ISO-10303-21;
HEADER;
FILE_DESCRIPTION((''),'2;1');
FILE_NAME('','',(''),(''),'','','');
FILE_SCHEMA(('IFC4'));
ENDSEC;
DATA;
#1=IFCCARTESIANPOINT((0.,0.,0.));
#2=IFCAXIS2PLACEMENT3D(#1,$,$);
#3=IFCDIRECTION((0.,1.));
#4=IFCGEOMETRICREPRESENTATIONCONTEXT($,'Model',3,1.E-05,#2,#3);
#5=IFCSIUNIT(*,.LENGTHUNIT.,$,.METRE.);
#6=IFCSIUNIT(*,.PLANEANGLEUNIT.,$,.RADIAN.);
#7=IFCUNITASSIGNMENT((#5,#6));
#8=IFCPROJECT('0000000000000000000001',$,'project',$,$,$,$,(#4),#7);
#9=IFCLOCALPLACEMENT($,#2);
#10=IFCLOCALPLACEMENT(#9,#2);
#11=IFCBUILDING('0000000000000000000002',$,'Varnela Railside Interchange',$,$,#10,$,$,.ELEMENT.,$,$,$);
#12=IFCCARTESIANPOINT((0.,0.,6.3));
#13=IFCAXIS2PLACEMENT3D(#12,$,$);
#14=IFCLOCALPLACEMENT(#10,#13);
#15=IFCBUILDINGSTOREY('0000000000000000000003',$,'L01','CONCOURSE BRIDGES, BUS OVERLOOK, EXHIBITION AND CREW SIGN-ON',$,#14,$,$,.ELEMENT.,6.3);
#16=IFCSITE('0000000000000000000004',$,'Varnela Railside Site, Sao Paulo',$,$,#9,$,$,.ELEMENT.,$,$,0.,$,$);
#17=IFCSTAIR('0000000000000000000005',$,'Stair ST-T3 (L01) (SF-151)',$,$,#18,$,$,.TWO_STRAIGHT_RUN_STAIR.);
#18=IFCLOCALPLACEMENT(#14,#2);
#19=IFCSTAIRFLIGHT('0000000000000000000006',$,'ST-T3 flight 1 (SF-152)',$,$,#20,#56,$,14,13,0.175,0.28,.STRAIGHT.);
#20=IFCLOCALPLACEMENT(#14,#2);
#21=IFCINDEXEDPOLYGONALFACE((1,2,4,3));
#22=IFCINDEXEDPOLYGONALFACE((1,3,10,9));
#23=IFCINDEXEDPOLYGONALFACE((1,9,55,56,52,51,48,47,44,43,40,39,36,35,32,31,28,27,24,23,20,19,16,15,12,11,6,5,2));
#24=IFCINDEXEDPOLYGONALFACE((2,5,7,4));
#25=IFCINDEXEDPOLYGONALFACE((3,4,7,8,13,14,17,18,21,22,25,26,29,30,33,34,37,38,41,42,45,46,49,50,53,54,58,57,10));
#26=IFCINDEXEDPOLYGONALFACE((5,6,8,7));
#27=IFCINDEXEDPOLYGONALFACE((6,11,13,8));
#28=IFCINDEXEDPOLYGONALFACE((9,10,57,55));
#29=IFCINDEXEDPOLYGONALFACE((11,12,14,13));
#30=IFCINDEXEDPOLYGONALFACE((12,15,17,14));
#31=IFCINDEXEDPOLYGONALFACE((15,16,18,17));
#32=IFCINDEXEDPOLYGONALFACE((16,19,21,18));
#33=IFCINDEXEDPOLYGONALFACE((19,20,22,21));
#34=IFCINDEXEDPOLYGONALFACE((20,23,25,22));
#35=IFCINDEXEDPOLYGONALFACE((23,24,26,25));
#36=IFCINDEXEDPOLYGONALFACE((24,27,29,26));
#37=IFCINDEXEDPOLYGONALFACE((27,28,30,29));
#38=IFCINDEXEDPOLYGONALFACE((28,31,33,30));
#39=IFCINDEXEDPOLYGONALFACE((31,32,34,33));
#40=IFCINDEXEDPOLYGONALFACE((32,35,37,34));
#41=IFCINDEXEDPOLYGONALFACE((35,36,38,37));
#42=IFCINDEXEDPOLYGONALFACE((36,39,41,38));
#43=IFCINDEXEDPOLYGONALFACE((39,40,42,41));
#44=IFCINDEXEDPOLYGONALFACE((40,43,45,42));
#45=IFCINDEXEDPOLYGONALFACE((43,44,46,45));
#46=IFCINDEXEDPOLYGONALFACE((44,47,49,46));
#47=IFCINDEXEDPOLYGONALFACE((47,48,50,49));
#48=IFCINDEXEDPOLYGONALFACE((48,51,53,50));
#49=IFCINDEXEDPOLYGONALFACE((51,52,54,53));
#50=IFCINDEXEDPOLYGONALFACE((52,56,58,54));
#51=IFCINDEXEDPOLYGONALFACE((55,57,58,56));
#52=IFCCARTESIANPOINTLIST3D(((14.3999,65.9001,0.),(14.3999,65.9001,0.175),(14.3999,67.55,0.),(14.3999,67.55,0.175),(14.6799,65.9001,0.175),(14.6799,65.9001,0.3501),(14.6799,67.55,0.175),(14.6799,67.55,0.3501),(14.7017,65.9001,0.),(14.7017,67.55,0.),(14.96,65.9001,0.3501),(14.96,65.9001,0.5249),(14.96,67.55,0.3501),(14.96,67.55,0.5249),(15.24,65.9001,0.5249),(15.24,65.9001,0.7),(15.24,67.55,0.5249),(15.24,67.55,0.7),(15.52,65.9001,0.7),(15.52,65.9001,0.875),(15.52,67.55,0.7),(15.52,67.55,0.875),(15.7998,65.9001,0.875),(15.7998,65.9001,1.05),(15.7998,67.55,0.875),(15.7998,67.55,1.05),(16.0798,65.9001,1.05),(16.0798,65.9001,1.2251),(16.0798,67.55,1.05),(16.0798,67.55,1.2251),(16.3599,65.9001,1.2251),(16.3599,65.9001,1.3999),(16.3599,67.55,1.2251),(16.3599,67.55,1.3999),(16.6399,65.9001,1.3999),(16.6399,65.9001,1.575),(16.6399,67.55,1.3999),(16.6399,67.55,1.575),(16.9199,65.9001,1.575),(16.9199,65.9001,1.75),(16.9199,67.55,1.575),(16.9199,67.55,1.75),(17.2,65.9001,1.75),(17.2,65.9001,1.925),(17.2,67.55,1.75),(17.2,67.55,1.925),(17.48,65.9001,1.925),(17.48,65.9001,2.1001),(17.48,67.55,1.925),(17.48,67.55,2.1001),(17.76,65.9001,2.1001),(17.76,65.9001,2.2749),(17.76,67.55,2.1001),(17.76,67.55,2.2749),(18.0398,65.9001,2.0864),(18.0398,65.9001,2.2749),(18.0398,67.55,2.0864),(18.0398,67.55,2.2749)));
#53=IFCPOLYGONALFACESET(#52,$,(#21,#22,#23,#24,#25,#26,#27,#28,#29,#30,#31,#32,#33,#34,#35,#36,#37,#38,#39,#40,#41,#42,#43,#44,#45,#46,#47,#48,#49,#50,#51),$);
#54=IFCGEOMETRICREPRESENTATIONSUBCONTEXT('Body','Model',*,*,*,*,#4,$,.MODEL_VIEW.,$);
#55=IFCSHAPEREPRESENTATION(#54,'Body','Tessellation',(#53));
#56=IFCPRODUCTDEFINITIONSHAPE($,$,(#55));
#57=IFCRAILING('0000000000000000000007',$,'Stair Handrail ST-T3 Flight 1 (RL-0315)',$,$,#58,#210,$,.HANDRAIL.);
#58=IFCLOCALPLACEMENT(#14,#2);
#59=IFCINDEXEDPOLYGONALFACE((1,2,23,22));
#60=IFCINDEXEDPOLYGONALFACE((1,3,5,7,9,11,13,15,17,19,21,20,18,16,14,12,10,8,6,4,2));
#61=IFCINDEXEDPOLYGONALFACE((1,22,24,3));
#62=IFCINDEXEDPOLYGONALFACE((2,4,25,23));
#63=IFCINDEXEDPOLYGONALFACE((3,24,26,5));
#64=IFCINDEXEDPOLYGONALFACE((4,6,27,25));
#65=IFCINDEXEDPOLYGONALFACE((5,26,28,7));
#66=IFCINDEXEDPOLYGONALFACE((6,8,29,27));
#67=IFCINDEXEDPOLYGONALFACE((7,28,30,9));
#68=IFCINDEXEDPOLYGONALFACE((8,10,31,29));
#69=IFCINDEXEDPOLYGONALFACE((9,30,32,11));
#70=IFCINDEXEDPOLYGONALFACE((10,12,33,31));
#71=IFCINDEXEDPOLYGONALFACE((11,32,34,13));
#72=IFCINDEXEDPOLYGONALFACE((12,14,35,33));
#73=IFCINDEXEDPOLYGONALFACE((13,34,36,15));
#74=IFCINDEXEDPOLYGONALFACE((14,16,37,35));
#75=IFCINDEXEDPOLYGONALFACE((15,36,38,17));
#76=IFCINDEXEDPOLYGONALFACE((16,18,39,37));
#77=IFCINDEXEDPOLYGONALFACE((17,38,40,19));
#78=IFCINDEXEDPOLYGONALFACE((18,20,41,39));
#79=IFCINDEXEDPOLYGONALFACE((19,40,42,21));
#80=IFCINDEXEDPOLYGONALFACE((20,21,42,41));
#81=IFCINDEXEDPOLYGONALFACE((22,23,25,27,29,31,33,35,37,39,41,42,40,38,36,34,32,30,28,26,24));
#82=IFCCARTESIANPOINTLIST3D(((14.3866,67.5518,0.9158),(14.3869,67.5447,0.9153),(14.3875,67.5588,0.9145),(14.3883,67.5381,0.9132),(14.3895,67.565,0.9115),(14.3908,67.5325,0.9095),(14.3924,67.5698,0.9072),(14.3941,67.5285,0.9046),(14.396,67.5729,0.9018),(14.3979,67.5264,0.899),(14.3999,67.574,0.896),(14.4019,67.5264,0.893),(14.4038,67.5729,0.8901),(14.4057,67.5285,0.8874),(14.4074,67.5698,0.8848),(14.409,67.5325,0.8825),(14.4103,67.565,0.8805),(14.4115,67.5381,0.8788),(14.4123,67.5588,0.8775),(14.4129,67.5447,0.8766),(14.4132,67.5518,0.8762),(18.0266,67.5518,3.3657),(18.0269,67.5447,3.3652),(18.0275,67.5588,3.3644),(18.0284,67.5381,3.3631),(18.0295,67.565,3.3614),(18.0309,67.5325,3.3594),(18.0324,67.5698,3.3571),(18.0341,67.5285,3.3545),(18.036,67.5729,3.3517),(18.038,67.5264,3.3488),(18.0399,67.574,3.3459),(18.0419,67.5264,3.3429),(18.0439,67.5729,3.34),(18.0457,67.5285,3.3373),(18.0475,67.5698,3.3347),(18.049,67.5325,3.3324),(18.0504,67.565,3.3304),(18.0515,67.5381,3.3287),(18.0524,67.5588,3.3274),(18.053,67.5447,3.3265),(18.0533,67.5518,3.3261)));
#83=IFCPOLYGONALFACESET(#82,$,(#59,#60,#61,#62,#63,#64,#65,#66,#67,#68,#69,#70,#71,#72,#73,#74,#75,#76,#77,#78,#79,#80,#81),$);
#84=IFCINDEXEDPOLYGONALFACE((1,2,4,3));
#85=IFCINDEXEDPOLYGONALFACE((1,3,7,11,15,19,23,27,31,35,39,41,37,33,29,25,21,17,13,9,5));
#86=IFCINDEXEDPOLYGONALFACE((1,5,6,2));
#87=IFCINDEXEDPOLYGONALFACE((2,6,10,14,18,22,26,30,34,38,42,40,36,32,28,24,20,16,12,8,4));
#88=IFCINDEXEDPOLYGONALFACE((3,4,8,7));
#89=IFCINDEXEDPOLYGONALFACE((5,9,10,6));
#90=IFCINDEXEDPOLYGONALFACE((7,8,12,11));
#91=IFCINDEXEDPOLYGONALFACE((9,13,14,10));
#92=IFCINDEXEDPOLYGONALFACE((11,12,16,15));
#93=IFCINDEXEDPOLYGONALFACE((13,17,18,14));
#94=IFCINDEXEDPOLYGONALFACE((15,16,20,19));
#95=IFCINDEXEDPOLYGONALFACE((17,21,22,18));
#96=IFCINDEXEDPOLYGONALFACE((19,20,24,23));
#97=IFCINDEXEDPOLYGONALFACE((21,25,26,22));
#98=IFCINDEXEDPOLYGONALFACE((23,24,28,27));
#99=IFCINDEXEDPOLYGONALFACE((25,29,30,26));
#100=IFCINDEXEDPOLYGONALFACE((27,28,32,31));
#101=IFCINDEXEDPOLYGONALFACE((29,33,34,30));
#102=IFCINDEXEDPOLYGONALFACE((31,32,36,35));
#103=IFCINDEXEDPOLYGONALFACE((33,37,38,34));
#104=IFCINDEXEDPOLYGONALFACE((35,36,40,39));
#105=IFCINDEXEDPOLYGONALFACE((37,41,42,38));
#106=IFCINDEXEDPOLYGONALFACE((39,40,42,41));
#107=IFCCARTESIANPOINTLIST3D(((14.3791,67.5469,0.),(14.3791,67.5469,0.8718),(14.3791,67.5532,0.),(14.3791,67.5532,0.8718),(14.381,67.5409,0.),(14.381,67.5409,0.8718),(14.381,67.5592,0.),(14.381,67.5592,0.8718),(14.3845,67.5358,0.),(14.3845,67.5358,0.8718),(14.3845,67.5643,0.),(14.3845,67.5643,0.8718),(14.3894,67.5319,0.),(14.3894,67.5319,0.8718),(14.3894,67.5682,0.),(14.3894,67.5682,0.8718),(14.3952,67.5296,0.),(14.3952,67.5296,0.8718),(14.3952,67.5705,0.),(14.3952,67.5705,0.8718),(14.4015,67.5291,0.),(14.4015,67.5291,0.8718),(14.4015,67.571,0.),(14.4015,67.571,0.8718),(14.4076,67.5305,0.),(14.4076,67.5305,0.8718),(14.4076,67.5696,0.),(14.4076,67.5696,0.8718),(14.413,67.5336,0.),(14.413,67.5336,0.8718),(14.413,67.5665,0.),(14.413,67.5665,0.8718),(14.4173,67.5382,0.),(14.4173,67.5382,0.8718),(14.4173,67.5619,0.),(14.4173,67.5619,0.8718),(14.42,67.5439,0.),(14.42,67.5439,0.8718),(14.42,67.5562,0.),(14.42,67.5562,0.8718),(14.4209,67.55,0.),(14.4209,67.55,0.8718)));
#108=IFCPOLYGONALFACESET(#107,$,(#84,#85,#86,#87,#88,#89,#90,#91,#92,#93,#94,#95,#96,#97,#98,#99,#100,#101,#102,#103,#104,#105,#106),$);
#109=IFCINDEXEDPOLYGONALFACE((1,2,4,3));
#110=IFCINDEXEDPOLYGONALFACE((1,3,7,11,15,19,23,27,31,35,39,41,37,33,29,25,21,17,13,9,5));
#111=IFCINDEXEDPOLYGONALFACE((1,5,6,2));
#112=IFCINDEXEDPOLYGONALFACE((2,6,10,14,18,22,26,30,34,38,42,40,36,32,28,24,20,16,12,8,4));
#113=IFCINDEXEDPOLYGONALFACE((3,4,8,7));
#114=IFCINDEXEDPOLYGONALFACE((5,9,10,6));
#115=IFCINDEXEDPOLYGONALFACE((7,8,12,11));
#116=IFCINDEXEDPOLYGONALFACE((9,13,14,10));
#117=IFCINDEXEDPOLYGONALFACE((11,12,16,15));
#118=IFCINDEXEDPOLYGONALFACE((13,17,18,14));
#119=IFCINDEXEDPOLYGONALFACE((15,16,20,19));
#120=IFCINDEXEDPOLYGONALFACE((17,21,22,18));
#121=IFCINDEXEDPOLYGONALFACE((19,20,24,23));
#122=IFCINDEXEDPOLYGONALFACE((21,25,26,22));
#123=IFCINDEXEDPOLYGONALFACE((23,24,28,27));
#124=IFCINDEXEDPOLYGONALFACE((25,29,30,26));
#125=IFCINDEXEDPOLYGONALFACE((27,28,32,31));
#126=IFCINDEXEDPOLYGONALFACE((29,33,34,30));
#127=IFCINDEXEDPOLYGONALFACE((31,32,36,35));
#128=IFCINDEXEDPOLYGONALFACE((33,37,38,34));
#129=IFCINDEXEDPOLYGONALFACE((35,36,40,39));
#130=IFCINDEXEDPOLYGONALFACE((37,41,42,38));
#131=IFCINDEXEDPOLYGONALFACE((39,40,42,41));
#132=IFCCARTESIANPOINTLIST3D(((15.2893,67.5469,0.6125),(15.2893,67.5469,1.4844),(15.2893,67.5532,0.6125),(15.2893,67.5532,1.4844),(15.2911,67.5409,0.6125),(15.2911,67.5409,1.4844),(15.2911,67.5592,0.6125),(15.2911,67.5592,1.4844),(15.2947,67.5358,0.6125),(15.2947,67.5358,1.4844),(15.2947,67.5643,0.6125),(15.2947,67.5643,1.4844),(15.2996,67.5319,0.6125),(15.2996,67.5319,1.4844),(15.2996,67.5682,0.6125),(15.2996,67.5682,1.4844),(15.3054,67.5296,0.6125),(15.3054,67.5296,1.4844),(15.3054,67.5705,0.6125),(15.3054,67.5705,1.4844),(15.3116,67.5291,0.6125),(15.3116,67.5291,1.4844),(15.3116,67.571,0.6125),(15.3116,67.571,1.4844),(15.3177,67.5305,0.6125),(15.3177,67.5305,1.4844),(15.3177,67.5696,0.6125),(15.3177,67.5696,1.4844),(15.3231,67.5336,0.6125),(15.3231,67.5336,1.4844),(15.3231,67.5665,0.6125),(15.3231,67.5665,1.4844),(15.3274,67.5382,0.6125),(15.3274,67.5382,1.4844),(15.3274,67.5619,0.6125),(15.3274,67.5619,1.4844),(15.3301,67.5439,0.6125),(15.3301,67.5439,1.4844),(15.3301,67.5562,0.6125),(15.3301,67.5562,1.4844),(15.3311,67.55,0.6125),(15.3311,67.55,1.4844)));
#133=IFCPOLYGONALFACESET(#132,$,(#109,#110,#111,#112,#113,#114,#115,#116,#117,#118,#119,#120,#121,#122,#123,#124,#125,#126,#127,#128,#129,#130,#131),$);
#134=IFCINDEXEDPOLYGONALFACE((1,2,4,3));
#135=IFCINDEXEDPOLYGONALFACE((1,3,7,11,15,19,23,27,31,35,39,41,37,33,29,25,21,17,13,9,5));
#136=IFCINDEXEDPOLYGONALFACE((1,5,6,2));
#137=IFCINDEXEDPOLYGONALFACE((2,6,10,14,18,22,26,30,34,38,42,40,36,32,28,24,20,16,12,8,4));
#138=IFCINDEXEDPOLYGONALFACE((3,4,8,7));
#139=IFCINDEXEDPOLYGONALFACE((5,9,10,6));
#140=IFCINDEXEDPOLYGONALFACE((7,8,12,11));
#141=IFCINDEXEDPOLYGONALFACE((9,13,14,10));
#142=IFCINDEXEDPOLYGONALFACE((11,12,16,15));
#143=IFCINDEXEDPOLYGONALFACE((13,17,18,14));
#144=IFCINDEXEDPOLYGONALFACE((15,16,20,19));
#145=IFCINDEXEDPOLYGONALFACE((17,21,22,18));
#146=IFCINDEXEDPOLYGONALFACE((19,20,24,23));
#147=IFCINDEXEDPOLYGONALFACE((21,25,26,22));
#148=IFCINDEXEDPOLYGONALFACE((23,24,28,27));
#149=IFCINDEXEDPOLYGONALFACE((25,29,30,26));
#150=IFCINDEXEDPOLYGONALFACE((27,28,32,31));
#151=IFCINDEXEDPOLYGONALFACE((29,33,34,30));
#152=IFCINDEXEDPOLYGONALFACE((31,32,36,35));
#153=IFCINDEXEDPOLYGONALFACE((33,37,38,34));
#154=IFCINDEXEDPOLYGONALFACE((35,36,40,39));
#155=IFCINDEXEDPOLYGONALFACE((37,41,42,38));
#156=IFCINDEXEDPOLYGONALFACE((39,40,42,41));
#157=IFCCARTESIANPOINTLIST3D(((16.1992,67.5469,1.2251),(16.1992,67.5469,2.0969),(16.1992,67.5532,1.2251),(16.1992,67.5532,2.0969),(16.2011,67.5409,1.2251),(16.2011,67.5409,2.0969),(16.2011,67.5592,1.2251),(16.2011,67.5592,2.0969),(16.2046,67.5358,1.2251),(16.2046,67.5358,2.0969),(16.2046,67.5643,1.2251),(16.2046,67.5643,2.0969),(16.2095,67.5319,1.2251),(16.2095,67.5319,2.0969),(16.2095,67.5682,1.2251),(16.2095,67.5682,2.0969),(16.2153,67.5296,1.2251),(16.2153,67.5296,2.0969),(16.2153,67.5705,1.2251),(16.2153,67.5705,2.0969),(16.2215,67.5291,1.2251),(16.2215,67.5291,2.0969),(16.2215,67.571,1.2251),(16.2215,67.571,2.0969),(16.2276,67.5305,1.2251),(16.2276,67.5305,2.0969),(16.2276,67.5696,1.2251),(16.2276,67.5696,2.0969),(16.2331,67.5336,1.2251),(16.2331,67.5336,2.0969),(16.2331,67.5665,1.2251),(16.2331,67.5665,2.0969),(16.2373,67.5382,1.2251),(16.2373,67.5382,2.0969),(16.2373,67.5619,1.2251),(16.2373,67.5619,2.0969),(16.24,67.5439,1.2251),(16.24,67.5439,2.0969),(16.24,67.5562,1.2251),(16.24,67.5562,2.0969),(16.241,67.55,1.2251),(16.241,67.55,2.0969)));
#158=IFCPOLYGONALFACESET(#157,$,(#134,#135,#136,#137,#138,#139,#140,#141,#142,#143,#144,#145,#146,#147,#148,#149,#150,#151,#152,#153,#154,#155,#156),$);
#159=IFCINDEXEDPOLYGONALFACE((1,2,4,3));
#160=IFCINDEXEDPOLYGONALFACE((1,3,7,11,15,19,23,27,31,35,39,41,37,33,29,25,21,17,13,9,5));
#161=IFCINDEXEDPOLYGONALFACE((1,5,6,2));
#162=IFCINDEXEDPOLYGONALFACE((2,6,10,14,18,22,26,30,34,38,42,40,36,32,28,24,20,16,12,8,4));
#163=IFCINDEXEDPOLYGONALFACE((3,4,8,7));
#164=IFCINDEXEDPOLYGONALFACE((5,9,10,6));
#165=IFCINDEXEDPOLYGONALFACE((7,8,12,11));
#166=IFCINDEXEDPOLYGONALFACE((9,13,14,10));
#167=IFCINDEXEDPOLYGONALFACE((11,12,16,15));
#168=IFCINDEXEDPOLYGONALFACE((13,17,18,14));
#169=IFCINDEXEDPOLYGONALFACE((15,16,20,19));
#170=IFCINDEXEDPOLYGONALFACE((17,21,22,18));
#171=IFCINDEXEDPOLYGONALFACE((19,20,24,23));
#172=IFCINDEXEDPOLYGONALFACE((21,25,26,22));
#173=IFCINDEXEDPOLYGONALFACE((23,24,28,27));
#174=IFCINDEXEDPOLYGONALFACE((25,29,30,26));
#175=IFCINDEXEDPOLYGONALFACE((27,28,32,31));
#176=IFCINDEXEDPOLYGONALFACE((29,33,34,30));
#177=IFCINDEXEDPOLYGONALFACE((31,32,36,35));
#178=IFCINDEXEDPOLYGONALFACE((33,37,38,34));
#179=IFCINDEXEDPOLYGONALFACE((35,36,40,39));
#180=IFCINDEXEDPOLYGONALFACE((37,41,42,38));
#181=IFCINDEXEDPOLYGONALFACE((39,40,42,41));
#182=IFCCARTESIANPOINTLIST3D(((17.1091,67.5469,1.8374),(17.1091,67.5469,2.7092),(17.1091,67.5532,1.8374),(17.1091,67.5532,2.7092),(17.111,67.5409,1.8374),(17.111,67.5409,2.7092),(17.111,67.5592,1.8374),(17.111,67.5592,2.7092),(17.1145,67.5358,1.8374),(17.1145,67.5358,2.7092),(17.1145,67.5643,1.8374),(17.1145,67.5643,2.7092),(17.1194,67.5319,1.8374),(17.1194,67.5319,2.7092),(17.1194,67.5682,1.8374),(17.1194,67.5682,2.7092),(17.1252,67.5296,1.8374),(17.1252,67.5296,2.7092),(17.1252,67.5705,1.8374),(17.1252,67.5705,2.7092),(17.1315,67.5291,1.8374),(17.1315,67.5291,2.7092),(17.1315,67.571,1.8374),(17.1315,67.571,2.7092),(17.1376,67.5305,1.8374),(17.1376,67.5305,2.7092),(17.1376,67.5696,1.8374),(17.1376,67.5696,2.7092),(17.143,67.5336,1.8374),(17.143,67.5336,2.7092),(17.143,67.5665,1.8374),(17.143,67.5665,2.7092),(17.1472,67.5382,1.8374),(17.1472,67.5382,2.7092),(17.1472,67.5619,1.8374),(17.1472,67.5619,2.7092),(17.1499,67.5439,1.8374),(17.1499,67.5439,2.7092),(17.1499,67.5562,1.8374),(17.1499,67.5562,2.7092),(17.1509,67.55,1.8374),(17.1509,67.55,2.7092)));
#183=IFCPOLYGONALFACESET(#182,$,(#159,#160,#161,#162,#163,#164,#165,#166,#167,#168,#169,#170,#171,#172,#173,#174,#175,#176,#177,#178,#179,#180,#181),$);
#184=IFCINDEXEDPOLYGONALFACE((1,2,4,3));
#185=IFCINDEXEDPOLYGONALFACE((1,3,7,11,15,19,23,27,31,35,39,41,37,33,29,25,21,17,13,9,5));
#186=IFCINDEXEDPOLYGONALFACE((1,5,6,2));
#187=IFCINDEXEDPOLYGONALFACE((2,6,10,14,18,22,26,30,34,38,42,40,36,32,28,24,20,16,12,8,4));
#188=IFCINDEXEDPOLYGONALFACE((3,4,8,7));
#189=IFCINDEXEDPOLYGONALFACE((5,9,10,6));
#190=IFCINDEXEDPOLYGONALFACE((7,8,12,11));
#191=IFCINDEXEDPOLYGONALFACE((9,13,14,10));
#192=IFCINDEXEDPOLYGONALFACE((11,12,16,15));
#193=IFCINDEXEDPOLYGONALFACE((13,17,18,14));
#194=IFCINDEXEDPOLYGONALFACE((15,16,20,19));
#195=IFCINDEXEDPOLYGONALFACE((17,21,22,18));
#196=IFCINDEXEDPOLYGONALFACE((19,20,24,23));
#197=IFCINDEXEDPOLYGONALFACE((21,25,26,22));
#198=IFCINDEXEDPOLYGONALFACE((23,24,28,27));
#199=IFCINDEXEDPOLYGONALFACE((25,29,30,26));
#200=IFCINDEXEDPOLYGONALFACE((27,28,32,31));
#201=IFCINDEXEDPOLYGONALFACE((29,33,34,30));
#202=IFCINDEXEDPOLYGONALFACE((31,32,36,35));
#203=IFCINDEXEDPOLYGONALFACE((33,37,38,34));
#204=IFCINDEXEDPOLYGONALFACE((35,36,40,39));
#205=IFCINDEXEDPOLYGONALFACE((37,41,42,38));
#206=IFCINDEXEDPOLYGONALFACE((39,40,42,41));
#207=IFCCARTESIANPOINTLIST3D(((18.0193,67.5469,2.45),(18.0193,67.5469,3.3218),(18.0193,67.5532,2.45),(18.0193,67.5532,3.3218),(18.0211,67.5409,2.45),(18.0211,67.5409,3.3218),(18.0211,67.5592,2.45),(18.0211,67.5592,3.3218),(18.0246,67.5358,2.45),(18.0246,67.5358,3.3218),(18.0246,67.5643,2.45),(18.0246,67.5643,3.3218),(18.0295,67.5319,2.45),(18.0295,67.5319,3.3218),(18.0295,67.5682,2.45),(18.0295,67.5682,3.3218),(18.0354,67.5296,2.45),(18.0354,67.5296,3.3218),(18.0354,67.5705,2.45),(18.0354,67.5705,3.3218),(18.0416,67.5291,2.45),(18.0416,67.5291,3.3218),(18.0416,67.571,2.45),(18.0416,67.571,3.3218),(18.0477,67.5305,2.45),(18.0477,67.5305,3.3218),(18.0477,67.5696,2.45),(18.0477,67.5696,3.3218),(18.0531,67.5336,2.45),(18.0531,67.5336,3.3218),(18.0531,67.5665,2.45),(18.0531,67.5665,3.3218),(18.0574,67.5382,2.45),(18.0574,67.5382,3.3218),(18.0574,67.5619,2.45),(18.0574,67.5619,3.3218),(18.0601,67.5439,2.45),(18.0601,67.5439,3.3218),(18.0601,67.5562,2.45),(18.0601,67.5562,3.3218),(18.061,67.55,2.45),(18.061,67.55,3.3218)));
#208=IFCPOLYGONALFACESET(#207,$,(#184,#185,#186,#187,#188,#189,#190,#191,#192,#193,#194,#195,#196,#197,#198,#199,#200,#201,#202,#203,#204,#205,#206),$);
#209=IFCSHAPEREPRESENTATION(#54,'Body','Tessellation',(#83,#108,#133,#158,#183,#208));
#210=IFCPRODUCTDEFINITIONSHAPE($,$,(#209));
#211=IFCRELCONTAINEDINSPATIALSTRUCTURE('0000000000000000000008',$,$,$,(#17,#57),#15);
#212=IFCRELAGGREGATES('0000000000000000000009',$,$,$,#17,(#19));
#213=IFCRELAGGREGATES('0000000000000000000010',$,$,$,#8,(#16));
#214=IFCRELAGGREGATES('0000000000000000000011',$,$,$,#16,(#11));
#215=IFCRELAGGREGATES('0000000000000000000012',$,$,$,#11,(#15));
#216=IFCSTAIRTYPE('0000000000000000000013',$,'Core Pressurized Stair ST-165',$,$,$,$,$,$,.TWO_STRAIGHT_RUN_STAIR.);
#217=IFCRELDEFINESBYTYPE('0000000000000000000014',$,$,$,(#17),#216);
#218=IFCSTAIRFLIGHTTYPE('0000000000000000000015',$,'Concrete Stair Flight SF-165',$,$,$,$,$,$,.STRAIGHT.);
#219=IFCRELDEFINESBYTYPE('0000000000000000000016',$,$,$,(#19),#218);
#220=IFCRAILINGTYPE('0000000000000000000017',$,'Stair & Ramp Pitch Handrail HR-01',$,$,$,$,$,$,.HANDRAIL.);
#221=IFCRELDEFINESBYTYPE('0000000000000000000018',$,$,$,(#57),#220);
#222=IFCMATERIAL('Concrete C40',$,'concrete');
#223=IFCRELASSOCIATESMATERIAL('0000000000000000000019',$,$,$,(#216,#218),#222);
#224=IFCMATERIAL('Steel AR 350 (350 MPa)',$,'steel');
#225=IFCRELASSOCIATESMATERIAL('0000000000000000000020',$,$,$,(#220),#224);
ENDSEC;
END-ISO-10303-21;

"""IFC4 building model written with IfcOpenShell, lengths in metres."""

from ifc_helpers import new_model, si_unit, direction, frame, origin, origin_2d, place, context, subcontext, project, spatial, polyline, circle, outline, extrude, material, type_object, element, aggregate, save


model = new_model("IFC4")

# Units and contexts
model_context = context("Model", 3, precision=1e-05, world=origin(), true_north=direction((0.0, 1.0)))
body_context = subcontext(model_context, "Body", "Model", "MODEL_VIEW")
ifc_project = project(units=[si_unit("LENGTHUNIT", "METRE"), si_unit("PLANEANGLEUNIT", "RADIAN")], contexts=[model_context])

# Site, building, storey
site_placement = place(None, origin())
site = spatial("IfcSite", under=ifc_project, at=site_placement, Name="Varnela Railside Site, Sao Paulo", CompositionType="ELEMENT", RefElevation=0.0)
building_placement = place(site_placement, origin())
building = spatial("IfcBuilding", under=site, at=building_placement, Name="Varnela Railside Interchange", CompositionType="ELEMENT")
storey_placement = place(building_placement, frame((0.0, 0.0, 6.3)))
storey = spatial("IfcBuildingStorey", under=building, at=storey_placement, Name="L01", Description="CONCOURSE BRIDGES, BUS OVERLOOK, EXHIBITION AND CREW SIGN-ON", CompositionType="ELEMENT", Elevation=6.3)

# Shared definitions
ifc_material_1 = material(Name="Steel AR 350 (350 MPa)", Category="steel")

# Stair, stair flight
ifc_material_2 = material(Name="Concrete C40", Category="concrete")
stair_type = type_object("IfcStairType", Name="Core Pressurized Stair ST-165", PredefinedType="TWO_STRAIGHT_RUN_STAIR", material=ifc_material_2)
stair_placement = place(storey_placement, origin())
stair = element("IfcStair", 1, at=stair_placement, inside=storey, type_object=stair_type, Name="Stair ST-T3 (L01) (SF-151)", PredefinedType="TWO_STRAIGHT_RUN_STAIR")
stair_flight_type = type_object("IfcStairFlightType", Name="Concrete Stair Flight SF-165", PredefinedType="STRAIGHT", material=ifc_material_2)
stair_flight_placement = place(storey_placement, frame((14.3999, 66.7251, 0.0), z_axis=(0.0, 0.0, 1.0), x_axis=(1.0, 0.0, 0.0)))
stair_flight = element("IfcStairFlight", 2, at=stair_flight_placement, type_object=stair_flight_type, Name="ST-T3 flight 1 (SF-152)", NumberOfRisers=14, NumberOfTreads=13, PredefinedType="STRAIGHT", RiserHeight=0.175, TreadLength=0.28, context=body_context, shape_type="SweptSolid", body=[
    extrude(outline(polyline([(0.0, 0.0), (0.0, 0.175), (0.28, 0.175), (0.28, 0.3501), (0.5601, 0.3501), (0.5601, 0.5249), (0.8401, 0.5249), (0.8401, 0.7), (1.1201, 0.7), (1.1201, 0.875), (1.3999, 0.875), (1.3999, 1.05), (1.6799, 1.05), (1.6799, 1.2251), (1.96, 1.2251), (1.96, 1.3999), (2.24, 1.3999), (2.24, 1.575), (2.52, 1.575), (2.52, 1.75), (2.8, 1.75), (2.8, 1.925), (3.0801, 1.925), (3.0801, 2.1001), (3.3601, 2.1001), (3.3601, 2.2749), (3.6399, 2.2749), (3.6399, 2.45), (3.6399, 2.0864), (0.3018, 0.0), (0.0, 0.0)])), frame((0.0, 0.825, 0.0), z_axis=(0.0, -1.0, 0.0), x_axis=(1.0, 0.0, 0.0)), (0.0, 0.0, 1.0), 1.6499),
])
aggregate(stair, [stair_flight])

# Railing
railing_type_1 = type_object("IfcRailingType", Name="Stair & Ramp Pitch Handrail HR-01", PredefinedType="HANDRAIL", material=ifc_material_1)
railing_1_placement = place(storey_placement, frame((14.3999, 67.55, 0.0)))
element("IfcRailing", 3, at=railing_1_placement, inside=storey, type_object=railing_type_1, Name="Stair Handrail ST-T3 Flight 1 (RL-0315)", PredefinedType="HANDRAIL", context=body_context, shape_type="SweptSolid", body=[
    extrude(circle(Radius=0.0239, at=origin_2d()), frame((0.0, 0.0, 0.896), z_axis=(0.829603, 0.0, 0.558354), x_axis=(0.0, 1.0, 0.0)), (0.0, 0.0, 1.0), 4.3877),
    extrude(circle(Radius=0.021, at=origin_2d()), origin(), (0.0, 0.0, 1.0), 0.8718),
    extrude(circle(Radius=0.021, at=origin_2d()), frame((0.9102, 0.0, 0.6125)), (0.0, 0.0, 1.0), 0.8718),
    extrude(circle(Radius=0.021, at=origin_2d()), frame((1.8201, 0.0, 1.2251)), (0.0, 0.0, 1.0), 0.8718),
    extrude(circle(Radius=0.021, at=origin_2d()), frame((2.73, 0.0, 1.8374)), (0.0, 0.0, 1.0), 0.8718),
    extrude(circle(Radius=0.021, at=origin_2d()), frame((3.6401, 0.0, 2.45)), (0.0, 0.0, 1.0), 0.8718),
])

save(model, "model.ifc")
